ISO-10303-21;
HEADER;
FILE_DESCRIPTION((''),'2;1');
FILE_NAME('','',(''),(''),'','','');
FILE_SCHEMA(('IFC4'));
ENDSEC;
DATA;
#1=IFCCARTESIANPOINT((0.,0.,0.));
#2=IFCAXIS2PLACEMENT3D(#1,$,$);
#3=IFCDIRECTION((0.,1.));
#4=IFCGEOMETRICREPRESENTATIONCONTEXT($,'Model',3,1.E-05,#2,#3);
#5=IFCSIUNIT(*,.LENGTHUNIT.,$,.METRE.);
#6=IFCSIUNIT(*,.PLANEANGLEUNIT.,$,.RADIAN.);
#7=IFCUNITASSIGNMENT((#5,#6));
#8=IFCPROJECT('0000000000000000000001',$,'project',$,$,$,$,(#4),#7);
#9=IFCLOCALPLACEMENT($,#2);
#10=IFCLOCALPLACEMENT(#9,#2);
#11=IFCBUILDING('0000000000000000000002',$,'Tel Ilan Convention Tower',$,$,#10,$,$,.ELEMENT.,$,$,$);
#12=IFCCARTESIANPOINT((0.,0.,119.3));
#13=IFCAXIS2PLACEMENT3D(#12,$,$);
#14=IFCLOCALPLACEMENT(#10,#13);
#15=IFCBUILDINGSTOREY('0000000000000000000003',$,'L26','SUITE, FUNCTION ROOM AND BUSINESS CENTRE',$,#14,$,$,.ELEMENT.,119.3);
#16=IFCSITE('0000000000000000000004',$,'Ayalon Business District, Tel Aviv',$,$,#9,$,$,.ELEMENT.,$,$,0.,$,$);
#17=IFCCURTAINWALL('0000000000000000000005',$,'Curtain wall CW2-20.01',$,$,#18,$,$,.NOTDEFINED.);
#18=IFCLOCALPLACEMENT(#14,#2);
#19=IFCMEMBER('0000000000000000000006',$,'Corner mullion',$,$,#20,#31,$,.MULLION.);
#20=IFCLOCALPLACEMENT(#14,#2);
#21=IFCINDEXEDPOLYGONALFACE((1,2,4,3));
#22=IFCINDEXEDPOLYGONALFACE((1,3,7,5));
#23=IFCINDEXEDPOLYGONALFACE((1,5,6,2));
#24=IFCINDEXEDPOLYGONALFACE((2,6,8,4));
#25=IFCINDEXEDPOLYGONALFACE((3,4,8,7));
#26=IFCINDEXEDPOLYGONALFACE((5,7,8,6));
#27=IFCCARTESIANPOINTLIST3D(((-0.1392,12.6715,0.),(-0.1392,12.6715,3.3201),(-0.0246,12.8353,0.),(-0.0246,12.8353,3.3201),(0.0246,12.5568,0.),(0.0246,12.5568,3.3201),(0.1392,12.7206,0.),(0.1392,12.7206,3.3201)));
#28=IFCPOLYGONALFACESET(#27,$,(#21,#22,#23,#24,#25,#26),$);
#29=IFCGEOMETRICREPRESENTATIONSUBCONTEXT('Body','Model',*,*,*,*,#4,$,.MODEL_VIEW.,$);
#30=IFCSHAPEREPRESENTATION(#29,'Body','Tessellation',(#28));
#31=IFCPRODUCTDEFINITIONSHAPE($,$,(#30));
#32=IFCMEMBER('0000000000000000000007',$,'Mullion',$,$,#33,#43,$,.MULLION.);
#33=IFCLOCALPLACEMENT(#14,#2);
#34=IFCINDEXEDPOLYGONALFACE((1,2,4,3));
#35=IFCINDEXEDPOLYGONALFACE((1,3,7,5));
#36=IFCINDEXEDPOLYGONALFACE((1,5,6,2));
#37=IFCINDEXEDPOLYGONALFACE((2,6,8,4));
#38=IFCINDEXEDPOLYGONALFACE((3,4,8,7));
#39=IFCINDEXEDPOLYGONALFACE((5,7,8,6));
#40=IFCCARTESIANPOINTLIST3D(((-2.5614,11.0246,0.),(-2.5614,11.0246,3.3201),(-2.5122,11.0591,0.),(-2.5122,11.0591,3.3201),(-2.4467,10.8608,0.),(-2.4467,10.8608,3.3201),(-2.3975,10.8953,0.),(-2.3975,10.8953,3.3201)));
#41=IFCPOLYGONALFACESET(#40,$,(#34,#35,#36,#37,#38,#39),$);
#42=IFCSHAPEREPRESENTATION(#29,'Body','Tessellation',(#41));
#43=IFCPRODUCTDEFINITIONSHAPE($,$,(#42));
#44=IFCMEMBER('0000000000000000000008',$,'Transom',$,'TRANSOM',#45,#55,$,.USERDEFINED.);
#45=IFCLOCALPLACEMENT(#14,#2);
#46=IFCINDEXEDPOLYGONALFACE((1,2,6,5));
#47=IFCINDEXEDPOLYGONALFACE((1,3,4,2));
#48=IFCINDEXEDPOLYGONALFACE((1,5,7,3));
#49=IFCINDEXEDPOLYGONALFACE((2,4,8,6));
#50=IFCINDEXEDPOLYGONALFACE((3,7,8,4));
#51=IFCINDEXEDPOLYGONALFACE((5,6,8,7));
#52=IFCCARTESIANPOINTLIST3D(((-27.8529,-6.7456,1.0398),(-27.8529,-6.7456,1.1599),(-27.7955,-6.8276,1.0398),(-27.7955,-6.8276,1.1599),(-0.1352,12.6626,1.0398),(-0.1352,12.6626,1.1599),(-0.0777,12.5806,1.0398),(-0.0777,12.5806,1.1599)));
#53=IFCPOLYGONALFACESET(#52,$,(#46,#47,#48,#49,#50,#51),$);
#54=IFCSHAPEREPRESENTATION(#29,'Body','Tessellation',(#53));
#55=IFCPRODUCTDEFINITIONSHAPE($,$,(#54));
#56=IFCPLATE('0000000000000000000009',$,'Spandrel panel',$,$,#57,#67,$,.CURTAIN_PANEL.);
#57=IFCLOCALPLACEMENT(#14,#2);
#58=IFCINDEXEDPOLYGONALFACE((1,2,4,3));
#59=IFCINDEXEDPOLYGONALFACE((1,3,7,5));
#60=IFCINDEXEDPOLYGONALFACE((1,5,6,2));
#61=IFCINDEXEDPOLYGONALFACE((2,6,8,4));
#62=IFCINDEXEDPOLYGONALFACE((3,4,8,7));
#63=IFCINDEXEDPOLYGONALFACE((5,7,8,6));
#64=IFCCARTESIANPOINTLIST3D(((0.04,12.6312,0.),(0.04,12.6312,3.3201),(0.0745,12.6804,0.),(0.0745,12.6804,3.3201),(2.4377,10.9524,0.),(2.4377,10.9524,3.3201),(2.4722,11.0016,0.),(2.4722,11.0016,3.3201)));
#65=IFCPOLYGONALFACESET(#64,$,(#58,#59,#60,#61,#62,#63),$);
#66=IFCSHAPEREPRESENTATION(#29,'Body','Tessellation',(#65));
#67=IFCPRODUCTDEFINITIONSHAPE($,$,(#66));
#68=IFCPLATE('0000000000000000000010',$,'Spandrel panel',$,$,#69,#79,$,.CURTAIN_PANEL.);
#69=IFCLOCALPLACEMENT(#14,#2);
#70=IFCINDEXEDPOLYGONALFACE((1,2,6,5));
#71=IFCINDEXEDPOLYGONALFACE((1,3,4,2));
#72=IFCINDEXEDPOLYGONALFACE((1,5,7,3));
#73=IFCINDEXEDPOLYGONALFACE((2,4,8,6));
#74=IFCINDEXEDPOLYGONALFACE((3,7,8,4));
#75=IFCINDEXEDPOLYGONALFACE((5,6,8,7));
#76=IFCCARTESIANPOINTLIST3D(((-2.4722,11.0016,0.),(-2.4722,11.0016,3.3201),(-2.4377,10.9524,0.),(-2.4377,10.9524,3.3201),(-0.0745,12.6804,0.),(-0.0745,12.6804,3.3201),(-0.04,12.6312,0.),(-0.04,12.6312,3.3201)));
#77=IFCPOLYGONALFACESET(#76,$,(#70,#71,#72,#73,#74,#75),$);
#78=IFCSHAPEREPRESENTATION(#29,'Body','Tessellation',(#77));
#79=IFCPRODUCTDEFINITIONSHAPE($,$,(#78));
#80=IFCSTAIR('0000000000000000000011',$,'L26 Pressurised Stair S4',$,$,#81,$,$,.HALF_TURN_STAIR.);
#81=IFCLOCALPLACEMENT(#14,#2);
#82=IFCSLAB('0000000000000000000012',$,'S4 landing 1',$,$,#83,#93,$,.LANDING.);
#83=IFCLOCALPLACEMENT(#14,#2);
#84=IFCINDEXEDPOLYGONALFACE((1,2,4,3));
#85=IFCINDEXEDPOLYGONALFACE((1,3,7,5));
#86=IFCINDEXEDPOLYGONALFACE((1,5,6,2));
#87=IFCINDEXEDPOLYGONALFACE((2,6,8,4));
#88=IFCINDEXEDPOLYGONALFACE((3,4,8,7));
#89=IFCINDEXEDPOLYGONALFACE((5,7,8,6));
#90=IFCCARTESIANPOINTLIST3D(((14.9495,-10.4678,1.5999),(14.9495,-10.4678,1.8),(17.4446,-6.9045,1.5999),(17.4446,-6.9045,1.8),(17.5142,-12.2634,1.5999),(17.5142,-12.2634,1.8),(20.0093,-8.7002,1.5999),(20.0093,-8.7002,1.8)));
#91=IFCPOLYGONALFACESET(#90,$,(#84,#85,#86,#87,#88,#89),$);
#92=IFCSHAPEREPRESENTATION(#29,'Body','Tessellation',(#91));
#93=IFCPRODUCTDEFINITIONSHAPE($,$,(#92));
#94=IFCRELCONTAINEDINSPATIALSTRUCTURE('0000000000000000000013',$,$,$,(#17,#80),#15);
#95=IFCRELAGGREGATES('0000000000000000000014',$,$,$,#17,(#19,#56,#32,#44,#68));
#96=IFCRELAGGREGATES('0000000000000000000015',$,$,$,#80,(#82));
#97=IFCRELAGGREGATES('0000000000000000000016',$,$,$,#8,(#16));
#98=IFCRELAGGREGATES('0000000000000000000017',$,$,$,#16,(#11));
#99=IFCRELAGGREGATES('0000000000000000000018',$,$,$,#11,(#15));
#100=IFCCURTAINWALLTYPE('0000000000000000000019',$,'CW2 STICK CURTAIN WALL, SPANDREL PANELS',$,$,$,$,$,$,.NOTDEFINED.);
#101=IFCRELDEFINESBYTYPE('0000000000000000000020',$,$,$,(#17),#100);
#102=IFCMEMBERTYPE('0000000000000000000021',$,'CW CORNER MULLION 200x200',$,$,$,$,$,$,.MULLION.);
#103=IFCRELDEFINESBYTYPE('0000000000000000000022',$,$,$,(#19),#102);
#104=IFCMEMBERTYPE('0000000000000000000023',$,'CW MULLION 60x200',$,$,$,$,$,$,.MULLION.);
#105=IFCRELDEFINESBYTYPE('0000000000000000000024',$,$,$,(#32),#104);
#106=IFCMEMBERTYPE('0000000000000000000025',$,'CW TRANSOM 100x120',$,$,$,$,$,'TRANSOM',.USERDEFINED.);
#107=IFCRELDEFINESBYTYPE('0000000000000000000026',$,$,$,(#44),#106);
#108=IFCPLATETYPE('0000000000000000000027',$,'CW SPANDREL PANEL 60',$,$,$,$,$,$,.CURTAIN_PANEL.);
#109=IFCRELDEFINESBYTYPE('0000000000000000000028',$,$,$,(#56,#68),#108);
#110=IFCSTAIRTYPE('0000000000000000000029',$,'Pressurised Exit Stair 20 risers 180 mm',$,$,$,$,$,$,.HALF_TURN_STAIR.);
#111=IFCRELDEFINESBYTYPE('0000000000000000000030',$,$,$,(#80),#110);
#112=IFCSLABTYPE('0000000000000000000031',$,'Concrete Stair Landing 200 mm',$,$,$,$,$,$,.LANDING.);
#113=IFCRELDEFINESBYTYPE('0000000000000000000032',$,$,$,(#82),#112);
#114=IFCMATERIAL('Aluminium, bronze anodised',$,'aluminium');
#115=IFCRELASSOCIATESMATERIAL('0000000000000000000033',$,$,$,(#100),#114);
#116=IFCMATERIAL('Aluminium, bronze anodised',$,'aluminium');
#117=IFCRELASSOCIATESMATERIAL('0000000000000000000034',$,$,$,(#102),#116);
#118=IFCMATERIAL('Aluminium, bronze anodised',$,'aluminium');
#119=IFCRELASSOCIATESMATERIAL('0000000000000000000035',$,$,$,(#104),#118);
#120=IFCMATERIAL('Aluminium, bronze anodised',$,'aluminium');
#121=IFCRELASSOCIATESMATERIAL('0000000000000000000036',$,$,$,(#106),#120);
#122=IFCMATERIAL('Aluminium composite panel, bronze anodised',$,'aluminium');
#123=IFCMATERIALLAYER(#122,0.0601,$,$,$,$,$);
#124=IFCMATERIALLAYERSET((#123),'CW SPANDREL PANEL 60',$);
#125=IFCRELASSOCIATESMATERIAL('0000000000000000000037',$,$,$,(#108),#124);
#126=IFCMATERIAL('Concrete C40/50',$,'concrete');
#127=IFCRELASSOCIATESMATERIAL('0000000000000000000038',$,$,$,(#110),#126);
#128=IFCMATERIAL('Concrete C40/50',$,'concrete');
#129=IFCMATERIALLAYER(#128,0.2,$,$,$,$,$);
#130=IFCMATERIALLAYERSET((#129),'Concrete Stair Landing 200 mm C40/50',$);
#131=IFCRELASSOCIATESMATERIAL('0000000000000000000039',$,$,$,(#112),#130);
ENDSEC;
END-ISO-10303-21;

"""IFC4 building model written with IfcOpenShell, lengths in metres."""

from ifc_helpers import new_model, si_unit, direction, frame, origin, origin_2d, place, context, subcontext, project, spatial, polyline, rectangle, outline, extrude, material, layer, layer_set, material_profile, profile_set, type_object, element, aggregate, save


model = new_model("IFC4")

# Units and contexts
model_context = context("Model", 3, precision=1e-05, world=origin(), true_north=direction((0.0, 1.0)))
body_context = subcontext(model_context, "Body", "Model", "MODEL_VIEW")
ifc_project = project(units=[si_unit("LENGTHUNIT", "METRE"), si_unit("PLANEANGLEUNIT", "RADIAN")], contexts=[model_context])

# Site, building, storey
site_placement = place(None, origin())
site = spatial("IfcSite", under=ifc_project, at=site_placement, Name="Ayalon Business District, Tel Aviv", CompositionType="ELEMENT", RefElevation=0.0)
building_placement = place(site_placement, origin())
building = spatial("IfcBuilding", under=site, at=building_placement, Name="Tel Ilan Convention Tower", CompositionType="ELEMENT")
storey_placement = place(building_placement, frame((0.0, 0.0, 119.3)))
storey = spatial("IfcBuildingStorey", under=building, at=storey_placement, Name="L26", Description="SUITE, FUNCTION ROOM AND BUSINESS CENTRE", CompositionType="ELEMENT", Elevation=119.3)

# Curtain wall, members, plates
ifc_material_1 = material(Name="Aluminium, bronze anodised", Category="aluminium")
curtain_wall_type = type_object("IfcCurtainWallType", Name="CW2 STICK CURTAIN WALL, SPANDREL PANELS", PredefinedType="NOTDEFINED", material=ifc_material_1)
curtain_wall_placement = place(storey_placement, origin())
curtain_wall = element("IfcCurtainWall", 1, at=curtain_wall_placement, inside=storey, type_object=curtain_wall_type, Name="Curtain wall CW2-20.01", PredefinedType="NOTDEFINED")
ifc_material_2 = material(Name="Aluminium, bronze anodised", Category="aluminium")
ifc_material_profile_1 = material_profile(ifc_material_2, rectangle(XDim=0.2, YDim=0.2, at=origin_2d()), Name="CW CORNER MULLION 200x200")
ifc_profile_set_1 = profile_set([ifc_material_profile_1], Name="Aluminium, bronze anodised")
member_type_1 = type_object("IfcMemberType", Name="CW CORNER MULLION 200x200", PredefinedType="MULLION", material=ifc_profile_set_1)
member_1_placement = place(storey_placement, frame((0.0, 12.696, 0.0), z_axis=(0.0, 0.0, 1.0), x_axis=(-0.819152, 0.573576, 0.0)))
member_1 = element("IfcMember", 2, at=member_1_placement, type_object=member_type_1, Name="Corner mullion", PredefinedType="MULLION", context=body_context, shape_type="SweptSolid", body=[
    extrude(rectangle(XDim=0.2, YDim=0.2, at=origin_2d()), origin(), (0.0, 0.0, 1.0), 3.3201),
])
ifc_material_3 = material(Name="Aluminium, bronze anodised", Category="aluminium")
ifc_material_profile_2 = material_profile(ifc_material_3, rectangle(XDim=0.0601, YDim=0.2, at=origin_2d()), Name="CW MULLION 60x200")
ifc_profile_set_2 = profile_set([ifc_material_profile_2], Name="Aluminium, bronze anodised")
member_type_2 = type_object("IfcMemberType", Name="CW MULLION 60x200", PredefinedType="MULLION", material=ifc_profile_set_2)
member_2_placement = place(storey_placement, frame((-2.4795, 10.96, 0.0), z_axis=(0.0, 0.0, 1.0), x_axis=(-0.819152, -0.573576, 0.0)))
member_2 = element("IfcMember", 3, at=member_2_placement, type_object=member_type_2, Name="Mullion", PredefinedType="MULLION", context=body_context, shape_type="SweptSolid", body=[
    extrude(rectangle(XDim=0.0601, YDim=0.2, at=origin_2d()), origin(), (0.0, 0.0, 1.0), 3.3201),
])
ifc_material_4 = material(Name="Aluminium, bronze anodised", Category="aluminium")
ifc_material_profile_3 = material_profile(ifc_material_4, rectangle(XDim=0.1001, YDim=0.1201, at=origin_2d()), Name="CW TRANSOM 100x120")
ifc_profile_set_3 = profile_set([ifc_material_profile_3], Name="Aluminium, bronze anodised")
member_type_3 = type_object("IfcMemberType", Name="CW TRANSOM 100x120", ElementType="TRANSOM", PredefinedType="USERDEFINED", material=ifc_profile_set_3)
member_3_placement = place(storey_placement, frame((-0.1064, 12.6216, 1.0999), z_axis=(-0.819152, -0.573577, 0.0), x_axis=(0.573577, -0.819152, 0.0)))
member_3 = element("IfcMember", 4, at=member_3_placement, type_object=member_type_3, Name="Transom", ObjectType="TRANSOM", PredefinedType="USERDEFINED", context=body_context, shape_type="SweptSolid", body=[
    extrude(rectangle(XDim=0.1001, YDim=0.1201, at=origin_2d()), origin(), (0.0, 0.0, 1.0), 33.8372),
])
ifc_material_5 = material(Name="Aluminium composite panel, bronze anodised", Category="aluminium")
ifc_layer_1 = layer(ifc_material_5, 0.0601)
ifc_layer_set_1 = layer_set([ifc_layer_1], Name="CW SPANDREL PANEL 60")
plate_type = type_object("IfcPlateType", Name="CW SPANDREL PANEL 60", PredefinedType="CURTAIN_PANEL", material=ifc_layer_set_1)
plate_1_placement = place(storey_placement, frame((1.2561, 11.8164, 0.0), z_axis=(0.0, 0.0, 1.0), x_axis=(-0.819152, 0.573576, 0.0)))
plate_1 = element("IfcPlate", 5, at=plate_1_placement, type_object=plate_type, Name="Spandrel panel", PredefinedType="CURTAIN_PANEL", context=body_context, shape_type="SweptSolid", body=[
    extrude(rectangle(XDim=2.927, YDim=0.0601, at=origin_2d()), origin(), (0.0, 0.0, 1.0), 3.3201),
])
plate_2_placement = place(storey_placement, frame((-1.2561, 11.8164, 0.0), z_axis=(0.0, 0.0, 1.0), x_axis=(-0.819152, -0.573576, 0.0)))
plate_2 = element("IfcPlate", 6, at=plate_2_placement, type_object=plate_type, Name="Spandrel panel", PredefinedType="CURTAIN_PANEL", context=body_context, shape_type="SweptSolid", body=[
    extrude(rectangle(XDim=2.927, YDim=0.0601, at=origin_2d()), origin(), (0.0, 0.0, 1.0), 3.3201),
])
aggregate(curtain_wall, [member_1, plate_1, member_2, member_3, plate_2])

# Stair, slab
ifc_material_6 = material(Name="Concrete C40/50", Category="concrete")
stair_type = type_object("IfcStairType", Name="Pressurised Exit Stair 20 risers 180 mm", PredefinedType="HALF_TURN_STAIR", material=ifc_material_6)
stair_placement = place(storey_placement, origin())
stair = element("IfcStair", 7, at=stair_placement, inside=storey, type_object=stair_type, Name="L26 Pressurised Stair S4", PredefinedType="HALF_TURN_STAIR")
ifc_material_7 = material(Name="Concrete C40/50", Category="concrete")
ifc_layer_2 = layer(ifc_material_7, 0.2)
ifc_layer_set_2 = layer_set([ifc_layer_2], Name="Concrete Stair Landing 200 mm C40/50")
slab_type_1 = type_object("IfcSlabType", Name="Concrete Stair Landing 200 mm", PredefinedType="LANDING", material=ifc_layer_set_2)
slab_1_placement = place(storey_placement, frame((0.0, 0.0, 1.5999)))
slab_1 = element("IfcSlab", 8, at=slab_1_placement, type_object=slab_type_1, Name="S4 landing 1", PredefinedType="LANDING", context=body_context, shape_type="SweptSolid", body=[
    extrude(outline(polyline([(20.0093, -8.7002), (17.4446, -6.9045), (14.9495, -10.4678), (17.5142, -12.2634), (20.0093, -8.7002)])), origin(), (0.0, 0.0, 1.0), 0.2002),
])
aggregate(stair, [slab_1])

save(model, "model.ifc")
